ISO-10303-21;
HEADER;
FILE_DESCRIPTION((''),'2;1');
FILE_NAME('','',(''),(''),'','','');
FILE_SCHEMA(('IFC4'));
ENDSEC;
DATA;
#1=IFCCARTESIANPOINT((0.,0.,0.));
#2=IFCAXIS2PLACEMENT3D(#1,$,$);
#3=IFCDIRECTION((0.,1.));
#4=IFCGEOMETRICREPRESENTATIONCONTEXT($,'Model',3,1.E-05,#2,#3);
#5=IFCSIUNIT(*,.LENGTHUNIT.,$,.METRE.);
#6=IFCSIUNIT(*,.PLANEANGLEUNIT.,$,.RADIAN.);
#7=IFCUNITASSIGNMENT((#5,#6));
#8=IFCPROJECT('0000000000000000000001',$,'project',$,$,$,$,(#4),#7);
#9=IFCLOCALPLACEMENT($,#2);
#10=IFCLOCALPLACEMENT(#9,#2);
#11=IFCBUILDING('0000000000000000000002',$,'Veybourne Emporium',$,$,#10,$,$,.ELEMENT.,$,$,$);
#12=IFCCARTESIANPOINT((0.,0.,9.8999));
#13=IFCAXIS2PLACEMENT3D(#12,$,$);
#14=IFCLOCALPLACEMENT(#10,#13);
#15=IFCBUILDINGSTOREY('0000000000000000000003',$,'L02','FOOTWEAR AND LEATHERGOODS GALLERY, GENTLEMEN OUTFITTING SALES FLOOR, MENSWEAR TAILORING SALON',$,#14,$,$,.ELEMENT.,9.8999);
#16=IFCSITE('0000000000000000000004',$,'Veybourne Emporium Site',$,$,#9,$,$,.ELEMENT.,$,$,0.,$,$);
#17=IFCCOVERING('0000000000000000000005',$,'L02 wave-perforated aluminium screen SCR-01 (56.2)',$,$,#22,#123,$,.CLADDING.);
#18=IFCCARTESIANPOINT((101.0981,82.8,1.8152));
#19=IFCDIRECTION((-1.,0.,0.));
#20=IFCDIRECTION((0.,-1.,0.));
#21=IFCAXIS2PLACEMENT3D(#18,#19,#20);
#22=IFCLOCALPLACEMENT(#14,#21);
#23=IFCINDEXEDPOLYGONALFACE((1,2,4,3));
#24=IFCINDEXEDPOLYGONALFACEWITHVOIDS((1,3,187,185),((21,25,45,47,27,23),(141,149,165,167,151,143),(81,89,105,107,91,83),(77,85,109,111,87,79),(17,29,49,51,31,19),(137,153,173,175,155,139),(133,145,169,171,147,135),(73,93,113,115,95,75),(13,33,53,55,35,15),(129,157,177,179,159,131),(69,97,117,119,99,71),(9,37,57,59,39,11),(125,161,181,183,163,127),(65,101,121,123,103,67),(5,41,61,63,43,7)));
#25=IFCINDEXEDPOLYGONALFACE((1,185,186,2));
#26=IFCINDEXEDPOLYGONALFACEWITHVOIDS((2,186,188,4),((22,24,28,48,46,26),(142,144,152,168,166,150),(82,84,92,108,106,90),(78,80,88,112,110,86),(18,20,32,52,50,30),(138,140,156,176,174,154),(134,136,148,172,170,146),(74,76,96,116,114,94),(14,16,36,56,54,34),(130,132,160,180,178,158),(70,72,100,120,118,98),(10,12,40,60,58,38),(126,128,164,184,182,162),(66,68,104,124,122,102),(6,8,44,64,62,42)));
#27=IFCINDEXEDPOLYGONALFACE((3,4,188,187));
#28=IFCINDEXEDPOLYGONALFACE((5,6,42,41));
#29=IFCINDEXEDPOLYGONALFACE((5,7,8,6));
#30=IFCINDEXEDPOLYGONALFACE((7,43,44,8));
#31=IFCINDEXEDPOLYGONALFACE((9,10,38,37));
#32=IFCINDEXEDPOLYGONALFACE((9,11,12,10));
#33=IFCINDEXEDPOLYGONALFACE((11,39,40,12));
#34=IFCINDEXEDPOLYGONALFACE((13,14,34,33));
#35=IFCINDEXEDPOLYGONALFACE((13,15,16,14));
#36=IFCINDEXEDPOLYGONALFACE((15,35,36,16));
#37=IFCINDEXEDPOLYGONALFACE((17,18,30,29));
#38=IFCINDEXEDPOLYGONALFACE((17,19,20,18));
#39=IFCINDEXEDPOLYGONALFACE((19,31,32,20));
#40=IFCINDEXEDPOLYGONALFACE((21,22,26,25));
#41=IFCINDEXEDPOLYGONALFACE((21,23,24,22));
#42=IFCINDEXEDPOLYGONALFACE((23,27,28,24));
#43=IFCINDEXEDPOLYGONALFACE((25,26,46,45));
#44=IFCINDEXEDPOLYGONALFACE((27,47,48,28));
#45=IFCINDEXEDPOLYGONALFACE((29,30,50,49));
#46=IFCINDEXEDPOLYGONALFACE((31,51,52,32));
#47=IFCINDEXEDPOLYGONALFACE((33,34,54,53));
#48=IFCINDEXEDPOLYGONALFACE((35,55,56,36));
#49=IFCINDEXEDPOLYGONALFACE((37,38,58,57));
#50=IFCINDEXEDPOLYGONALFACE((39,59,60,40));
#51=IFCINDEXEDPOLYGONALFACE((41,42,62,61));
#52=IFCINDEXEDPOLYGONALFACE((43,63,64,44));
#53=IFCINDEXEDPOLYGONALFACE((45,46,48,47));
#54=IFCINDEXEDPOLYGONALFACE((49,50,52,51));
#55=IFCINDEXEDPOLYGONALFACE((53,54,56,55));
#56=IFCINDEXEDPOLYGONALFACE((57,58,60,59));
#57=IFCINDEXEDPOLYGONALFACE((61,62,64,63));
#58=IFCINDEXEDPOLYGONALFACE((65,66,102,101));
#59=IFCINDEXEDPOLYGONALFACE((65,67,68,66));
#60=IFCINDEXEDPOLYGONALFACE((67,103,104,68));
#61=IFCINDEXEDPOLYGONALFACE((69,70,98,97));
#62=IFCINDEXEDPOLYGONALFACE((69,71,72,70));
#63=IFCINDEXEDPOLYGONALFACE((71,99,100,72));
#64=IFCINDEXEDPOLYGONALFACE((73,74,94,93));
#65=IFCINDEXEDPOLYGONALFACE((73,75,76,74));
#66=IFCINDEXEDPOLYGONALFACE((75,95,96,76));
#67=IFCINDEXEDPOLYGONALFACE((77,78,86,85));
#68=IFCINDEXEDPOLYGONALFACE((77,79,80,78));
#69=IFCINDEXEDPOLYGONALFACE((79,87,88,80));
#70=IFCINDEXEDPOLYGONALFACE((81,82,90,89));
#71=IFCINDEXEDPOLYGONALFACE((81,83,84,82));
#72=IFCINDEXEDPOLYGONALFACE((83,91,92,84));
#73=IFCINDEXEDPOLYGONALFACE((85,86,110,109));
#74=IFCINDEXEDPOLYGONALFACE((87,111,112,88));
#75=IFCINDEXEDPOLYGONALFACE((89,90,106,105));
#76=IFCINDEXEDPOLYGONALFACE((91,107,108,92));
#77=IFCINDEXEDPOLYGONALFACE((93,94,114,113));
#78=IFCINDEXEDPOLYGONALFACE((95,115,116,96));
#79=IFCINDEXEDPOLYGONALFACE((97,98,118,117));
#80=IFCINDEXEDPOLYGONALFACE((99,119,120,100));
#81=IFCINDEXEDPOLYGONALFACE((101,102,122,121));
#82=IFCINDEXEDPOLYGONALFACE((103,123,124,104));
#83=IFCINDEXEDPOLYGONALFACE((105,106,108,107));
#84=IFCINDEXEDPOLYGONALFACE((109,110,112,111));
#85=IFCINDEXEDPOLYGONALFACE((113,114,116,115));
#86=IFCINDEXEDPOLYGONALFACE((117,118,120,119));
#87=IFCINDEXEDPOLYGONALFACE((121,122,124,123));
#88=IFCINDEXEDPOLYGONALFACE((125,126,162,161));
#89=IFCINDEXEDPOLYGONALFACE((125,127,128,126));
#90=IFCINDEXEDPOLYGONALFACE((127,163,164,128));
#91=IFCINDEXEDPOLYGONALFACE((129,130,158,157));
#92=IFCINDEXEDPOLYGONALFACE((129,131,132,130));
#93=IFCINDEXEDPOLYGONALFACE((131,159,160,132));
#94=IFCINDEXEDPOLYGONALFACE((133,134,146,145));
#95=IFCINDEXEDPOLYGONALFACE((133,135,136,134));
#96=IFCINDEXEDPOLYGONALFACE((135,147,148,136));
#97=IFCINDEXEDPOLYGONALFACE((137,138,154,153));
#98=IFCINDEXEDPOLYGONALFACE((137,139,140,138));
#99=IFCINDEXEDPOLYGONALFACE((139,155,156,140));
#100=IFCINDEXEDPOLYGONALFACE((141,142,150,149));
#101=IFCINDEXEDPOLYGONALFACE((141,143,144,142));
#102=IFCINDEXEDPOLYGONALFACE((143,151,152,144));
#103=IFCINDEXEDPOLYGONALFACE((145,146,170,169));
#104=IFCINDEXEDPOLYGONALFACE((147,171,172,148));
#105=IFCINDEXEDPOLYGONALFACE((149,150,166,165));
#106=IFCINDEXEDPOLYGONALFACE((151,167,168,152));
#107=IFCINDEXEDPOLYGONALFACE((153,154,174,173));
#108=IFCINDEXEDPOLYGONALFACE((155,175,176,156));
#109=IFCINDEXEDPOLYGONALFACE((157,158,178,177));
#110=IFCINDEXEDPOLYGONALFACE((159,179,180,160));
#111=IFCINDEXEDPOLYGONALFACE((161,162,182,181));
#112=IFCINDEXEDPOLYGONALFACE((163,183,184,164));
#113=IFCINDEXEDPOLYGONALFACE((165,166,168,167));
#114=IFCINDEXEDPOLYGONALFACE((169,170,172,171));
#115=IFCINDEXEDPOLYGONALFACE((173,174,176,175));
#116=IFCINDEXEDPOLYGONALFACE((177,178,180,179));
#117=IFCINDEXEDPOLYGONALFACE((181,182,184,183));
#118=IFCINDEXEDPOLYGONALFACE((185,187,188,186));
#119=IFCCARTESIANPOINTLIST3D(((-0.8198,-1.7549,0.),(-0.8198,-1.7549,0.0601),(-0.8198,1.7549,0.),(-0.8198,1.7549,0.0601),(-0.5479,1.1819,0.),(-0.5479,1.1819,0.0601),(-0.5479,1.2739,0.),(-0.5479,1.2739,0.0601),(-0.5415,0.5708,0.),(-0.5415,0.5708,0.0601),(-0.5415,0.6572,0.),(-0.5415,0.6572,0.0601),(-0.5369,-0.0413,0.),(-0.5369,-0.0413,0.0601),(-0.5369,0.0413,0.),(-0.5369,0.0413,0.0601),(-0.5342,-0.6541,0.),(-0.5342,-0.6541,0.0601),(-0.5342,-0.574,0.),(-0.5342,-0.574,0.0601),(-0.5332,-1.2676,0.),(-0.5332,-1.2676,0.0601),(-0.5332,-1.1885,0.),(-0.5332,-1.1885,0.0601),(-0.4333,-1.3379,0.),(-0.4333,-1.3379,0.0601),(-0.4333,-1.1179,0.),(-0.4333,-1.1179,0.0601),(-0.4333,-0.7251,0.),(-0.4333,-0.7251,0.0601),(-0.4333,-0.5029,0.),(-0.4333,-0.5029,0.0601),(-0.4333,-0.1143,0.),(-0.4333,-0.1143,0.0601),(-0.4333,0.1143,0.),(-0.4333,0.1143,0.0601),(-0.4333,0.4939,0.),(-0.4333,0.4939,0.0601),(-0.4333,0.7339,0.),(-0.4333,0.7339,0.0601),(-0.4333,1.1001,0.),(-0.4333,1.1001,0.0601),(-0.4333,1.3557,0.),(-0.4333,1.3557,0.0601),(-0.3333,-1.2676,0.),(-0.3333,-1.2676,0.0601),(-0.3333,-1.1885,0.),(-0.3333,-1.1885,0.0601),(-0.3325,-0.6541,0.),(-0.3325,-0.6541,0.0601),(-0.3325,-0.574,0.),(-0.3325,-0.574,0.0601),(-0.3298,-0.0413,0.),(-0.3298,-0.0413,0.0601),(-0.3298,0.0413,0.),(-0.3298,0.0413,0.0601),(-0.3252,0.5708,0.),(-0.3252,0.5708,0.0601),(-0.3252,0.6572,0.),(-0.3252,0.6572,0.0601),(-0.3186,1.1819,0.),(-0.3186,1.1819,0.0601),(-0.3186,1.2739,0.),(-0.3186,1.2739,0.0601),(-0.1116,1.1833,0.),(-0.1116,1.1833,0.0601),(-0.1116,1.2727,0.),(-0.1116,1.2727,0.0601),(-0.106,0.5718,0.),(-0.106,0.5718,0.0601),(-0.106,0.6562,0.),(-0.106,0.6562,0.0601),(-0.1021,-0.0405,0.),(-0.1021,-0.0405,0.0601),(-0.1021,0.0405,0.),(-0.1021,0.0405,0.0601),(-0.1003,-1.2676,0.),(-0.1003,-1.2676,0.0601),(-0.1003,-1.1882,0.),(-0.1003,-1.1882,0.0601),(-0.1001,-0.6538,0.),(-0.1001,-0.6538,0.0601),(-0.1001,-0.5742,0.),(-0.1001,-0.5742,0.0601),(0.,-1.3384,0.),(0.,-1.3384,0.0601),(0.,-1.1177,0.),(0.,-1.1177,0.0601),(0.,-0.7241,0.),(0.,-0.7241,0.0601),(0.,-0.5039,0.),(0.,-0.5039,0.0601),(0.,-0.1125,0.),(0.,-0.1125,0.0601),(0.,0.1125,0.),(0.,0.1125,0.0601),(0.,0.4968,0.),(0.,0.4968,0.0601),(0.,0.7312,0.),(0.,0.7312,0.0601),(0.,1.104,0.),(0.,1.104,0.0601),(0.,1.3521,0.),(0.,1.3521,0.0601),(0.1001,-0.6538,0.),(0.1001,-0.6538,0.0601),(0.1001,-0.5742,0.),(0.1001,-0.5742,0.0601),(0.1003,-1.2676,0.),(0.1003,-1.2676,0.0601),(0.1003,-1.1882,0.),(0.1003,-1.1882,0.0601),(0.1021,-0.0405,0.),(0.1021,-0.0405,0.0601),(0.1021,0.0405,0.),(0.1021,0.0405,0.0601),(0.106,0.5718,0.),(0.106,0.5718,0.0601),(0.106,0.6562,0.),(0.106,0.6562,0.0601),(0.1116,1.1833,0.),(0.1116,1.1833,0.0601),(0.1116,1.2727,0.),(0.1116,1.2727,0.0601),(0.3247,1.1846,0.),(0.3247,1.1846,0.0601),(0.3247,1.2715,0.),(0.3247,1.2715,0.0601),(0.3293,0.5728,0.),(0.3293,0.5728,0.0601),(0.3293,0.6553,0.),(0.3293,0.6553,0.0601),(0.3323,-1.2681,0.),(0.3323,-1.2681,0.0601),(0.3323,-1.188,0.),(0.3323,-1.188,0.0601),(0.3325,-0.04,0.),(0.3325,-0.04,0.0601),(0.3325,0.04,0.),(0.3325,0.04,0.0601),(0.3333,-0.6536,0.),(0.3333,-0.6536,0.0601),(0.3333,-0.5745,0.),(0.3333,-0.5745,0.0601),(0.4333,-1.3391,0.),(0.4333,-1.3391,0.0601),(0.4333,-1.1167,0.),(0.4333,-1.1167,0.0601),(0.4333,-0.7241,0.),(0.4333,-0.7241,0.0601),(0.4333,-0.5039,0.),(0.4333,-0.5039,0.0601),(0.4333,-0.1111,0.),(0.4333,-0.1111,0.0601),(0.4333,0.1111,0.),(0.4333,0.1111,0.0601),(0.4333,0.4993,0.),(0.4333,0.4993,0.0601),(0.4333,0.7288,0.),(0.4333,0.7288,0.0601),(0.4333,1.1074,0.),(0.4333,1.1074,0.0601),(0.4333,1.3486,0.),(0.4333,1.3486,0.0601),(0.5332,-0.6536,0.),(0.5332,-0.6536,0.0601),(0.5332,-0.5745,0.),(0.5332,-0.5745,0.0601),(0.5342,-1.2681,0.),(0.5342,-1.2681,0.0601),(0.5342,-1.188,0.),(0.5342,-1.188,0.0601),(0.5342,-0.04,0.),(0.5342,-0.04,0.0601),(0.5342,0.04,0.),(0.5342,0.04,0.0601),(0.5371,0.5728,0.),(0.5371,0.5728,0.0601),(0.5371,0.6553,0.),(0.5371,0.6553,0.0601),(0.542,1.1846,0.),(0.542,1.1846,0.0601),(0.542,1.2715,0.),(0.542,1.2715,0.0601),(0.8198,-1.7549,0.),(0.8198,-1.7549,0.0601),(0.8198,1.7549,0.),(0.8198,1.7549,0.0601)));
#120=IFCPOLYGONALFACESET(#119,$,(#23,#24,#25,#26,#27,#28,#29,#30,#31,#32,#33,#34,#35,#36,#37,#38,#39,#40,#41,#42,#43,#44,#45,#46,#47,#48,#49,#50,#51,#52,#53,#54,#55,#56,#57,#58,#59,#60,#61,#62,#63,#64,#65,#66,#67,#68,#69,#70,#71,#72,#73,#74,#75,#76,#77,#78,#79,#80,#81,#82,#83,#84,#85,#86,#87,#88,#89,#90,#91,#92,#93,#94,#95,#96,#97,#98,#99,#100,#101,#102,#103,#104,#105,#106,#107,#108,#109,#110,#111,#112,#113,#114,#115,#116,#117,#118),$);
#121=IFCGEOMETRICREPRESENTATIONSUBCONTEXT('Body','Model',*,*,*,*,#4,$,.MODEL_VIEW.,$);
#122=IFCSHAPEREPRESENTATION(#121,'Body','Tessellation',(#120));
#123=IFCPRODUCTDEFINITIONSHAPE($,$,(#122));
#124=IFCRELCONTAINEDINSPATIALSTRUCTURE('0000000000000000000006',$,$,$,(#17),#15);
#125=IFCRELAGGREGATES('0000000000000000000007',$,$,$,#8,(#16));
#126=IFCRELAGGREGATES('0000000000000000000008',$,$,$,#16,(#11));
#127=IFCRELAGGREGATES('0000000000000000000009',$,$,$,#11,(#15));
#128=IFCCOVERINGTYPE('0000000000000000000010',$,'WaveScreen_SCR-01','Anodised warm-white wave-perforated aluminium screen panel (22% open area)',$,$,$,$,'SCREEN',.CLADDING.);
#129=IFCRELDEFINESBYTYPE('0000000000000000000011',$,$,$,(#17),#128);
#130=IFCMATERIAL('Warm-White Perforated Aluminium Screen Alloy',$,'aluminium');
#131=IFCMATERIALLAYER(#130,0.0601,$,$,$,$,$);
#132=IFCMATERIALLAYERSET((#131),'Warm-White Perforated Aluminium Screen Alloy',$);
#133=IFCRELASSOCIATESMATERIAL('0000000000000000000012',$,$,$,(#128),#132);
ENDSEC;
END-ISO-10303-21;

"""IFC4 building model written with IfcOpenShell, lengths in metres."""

from ifc_helpers import new_model, si_unit, direction, frame, origin, place, context, subcontext, project, spatial, polyline, outline, extrude, material, layer, layer_set, type_object, element, save


model = new_model("IFC4")

# Units and contexts
model_context = context("Model", 3, precision=1e-05, world=origin(), true_north=direction((0.0, 1.0)))
body_context = subcontext(model_context, "Body", "Model", "MODEL_VIEW")
ifc_project = project(units=[si_unit("LENGTHUNIT", "METRE"), si_unit("PLANEANGLEUNIT", "RADIAN")], contexts=[model_context])

# Site, building, storey
site_placement = place(None, origin())
site = spatial("IfcSite", under=ifc_project, at=site_placement, Name="Veybourne Emporium Site", CompositionType="ELEMENT", RefElevation=0.0)
building_placement = place(site_placement, origin())
building = spatial("IfcBuilding", under=site, at=building_placement, Name="Veybourne Emporium", CompositionType="ELEMENT")
storey_placement = place(building_placement, frame((0.0, 0.0, 9.8999)))
storey = spatial("IfcBuildingStorey", under=building, at=storey_placement, Name="L02", Description="FOOTWEAR AND LEATHERGOODS GALLERY, GENTLEMEN OUTFITTING SALES FLOOR, MENSWEAR TAILORING SALON", CompositionType="ELEMENT", Elevation=9.8999)

# Covering
ifc_material_1 = material(Name="Warm-White Perforated Aluminium Screen Alloy", Category="aluminium")
ifc_layer_1 = layer(ifc_material_1, 0.0601)
ifc_layer_set_1 = layer_set([ifc_layer_1], Name="Warm-White Perforated Aluminium Screen Alloy")
covering_type_1 = type_object("IfcCoveringType", Name="WaveScreen_SCR-01", Description="Anodised warm-white wave-perforated aluminium screen panel (22% open area)", ElementType="SCREEN", PredefinedType="CLADDING", material=ifc_layer_set_1)
covering_1_placement = place(storey_placement, frame((101.0981, 82.8, 1.8152), z_axis=(-1.0, 0.0, 0.0), x_axis=(0.0, -1.0, 0.0)))
element("IfcCovering", 1, at=covering_1_placement, inside=storey, type_object=covering_type_1, Name="L02 wave-perforated aluminium screen SCR-01 (56.2)", PredefinedType="CLADDING", context=body_context, shape_type="SweptSolid", body=[
    extrude(outline(polyline([(-0.8198, -1.7549), (0.8198, -1.7549), (0.8198, 1.7549), (-0.8198, 1.7549), (-0.8198, -1.7549)]), holes=[polyline([(-0.4333, -1.1179), (-0.3333, -1.1885), (-0.3333, -1.2676), (-0.4333, -1.3379), (-0.5332, -1.2676), (-0.5332, -1.1885), (-0.4333, -1.1179)]), polyline([(-0.4333, -0.5029), (-0.3325, -0.574), (-0.3325, -0.6541), (-0.4333, -0.7251), (-0.5342, -0.6541), (-0.5342, -0.574), (-0.4333, -0.5029)]), polyline([(-0.4333, 0.1143), (-0.3298, 0.0413), (-0.3298, -0.0413), (-0.4333, -0.1143), (-0.5369, -0.0413), (-0.5369, 0.0413), (-0.4333, 0.1143)]), polyline([(-0.4333, 0.7339), (-0.3252, 0.6572), (-0.3252, 0.5708), (-0.4333, 0.4939), (-0.5415, 0.5708), (-0.5415, 0.6572), (-0.4333, 0.7339)]), polyline([(-0.4333, 1.3557), (-0.3186, 1.2739), (-0.3186, 1.1819), (-0.4333, 1.1001), (-0.5479, 1.1819), (-0.5479, 1.2739), (-0.4333, 1.3557)]), polyline([(0.0, -1.1177), (0.1003, -1.1882), (0.1003, -1.2676), (0.0, -1.3384), (-0.1003, -1.2676), (-0.1003, -1.1882), (0.0, -1.1177)]), polyline([(0.0, -0.5039), (0.1001, -0.5742), (0.1001, -0.6538), (0.0, -0.7241), (-0.1001, -0.6538), (-0.1001, -0.5742), (0.0, -0.5039)]), polyline([(0.0, 0.1125), (0.1021, 0.0405), (0.1021, -0.0405), (0.0, -0.1125), (-0.1021, -0.0405), (-0.1021, 0.0405), (0.0, 0.1125)]), polyline([(0.0, 0.7312), (0.106, 0.6562), (0.106, 0.5718), (0.0, 0.4968), (-0.106, 0.5718), (-0.106, 0.6562), (0.0, 0.7312)]), polyline([(0.0, 1.3521), (0.1116, 1.2727), (0.1116, 1.1833), (0.0, 1.104), (-0.1116, 1.1833), (-0.1116, 1.2727), (0.0, 1.3521)]), polyline([(0.4333, -1.1167), (0.5342, -1.188), (0.5342, -1.2681), (0.4333, -1.3391), (0.3323, -1.2681), (0.3323, -1.188), (0.4333, -1.1167)]), polyline([(0.4333, -0.5039), (0.5332, -0.5745), (0.5332, -0.6536), (0.4333, -0.7241), (0.3333, -0.6536), (0.3333, -0.5745), (0.4333, -0.5039)]), polyline([(0.4333, 0.1111), (0.5342, 0.04), (0.5342, -0.04), (0.4333, -0.1111), (0.3325, -0.04), (0.3325, 0.04), (0.4333, 0.1111)]), polyline([(0.4333, 0.7288), (0.5371, 0.6553), (0.5371, 0.5728), (0.4333, 0.4993), (0.3293, 0.5728), (0.3293, 0.6553), (0.4333, 0.7288)]), polyline([(0.4333, 1.3486), (0.542, 1.2715), (0.542, 1.1846), (0.4333, 1.1074), (0.3247, 1.1846), (0.3247, 1.2715), (0.4333, 1.3486)])]), origin(), (0.0, 0.0, 1.0), 0.0601),
])

save(model, "model.ifc")
